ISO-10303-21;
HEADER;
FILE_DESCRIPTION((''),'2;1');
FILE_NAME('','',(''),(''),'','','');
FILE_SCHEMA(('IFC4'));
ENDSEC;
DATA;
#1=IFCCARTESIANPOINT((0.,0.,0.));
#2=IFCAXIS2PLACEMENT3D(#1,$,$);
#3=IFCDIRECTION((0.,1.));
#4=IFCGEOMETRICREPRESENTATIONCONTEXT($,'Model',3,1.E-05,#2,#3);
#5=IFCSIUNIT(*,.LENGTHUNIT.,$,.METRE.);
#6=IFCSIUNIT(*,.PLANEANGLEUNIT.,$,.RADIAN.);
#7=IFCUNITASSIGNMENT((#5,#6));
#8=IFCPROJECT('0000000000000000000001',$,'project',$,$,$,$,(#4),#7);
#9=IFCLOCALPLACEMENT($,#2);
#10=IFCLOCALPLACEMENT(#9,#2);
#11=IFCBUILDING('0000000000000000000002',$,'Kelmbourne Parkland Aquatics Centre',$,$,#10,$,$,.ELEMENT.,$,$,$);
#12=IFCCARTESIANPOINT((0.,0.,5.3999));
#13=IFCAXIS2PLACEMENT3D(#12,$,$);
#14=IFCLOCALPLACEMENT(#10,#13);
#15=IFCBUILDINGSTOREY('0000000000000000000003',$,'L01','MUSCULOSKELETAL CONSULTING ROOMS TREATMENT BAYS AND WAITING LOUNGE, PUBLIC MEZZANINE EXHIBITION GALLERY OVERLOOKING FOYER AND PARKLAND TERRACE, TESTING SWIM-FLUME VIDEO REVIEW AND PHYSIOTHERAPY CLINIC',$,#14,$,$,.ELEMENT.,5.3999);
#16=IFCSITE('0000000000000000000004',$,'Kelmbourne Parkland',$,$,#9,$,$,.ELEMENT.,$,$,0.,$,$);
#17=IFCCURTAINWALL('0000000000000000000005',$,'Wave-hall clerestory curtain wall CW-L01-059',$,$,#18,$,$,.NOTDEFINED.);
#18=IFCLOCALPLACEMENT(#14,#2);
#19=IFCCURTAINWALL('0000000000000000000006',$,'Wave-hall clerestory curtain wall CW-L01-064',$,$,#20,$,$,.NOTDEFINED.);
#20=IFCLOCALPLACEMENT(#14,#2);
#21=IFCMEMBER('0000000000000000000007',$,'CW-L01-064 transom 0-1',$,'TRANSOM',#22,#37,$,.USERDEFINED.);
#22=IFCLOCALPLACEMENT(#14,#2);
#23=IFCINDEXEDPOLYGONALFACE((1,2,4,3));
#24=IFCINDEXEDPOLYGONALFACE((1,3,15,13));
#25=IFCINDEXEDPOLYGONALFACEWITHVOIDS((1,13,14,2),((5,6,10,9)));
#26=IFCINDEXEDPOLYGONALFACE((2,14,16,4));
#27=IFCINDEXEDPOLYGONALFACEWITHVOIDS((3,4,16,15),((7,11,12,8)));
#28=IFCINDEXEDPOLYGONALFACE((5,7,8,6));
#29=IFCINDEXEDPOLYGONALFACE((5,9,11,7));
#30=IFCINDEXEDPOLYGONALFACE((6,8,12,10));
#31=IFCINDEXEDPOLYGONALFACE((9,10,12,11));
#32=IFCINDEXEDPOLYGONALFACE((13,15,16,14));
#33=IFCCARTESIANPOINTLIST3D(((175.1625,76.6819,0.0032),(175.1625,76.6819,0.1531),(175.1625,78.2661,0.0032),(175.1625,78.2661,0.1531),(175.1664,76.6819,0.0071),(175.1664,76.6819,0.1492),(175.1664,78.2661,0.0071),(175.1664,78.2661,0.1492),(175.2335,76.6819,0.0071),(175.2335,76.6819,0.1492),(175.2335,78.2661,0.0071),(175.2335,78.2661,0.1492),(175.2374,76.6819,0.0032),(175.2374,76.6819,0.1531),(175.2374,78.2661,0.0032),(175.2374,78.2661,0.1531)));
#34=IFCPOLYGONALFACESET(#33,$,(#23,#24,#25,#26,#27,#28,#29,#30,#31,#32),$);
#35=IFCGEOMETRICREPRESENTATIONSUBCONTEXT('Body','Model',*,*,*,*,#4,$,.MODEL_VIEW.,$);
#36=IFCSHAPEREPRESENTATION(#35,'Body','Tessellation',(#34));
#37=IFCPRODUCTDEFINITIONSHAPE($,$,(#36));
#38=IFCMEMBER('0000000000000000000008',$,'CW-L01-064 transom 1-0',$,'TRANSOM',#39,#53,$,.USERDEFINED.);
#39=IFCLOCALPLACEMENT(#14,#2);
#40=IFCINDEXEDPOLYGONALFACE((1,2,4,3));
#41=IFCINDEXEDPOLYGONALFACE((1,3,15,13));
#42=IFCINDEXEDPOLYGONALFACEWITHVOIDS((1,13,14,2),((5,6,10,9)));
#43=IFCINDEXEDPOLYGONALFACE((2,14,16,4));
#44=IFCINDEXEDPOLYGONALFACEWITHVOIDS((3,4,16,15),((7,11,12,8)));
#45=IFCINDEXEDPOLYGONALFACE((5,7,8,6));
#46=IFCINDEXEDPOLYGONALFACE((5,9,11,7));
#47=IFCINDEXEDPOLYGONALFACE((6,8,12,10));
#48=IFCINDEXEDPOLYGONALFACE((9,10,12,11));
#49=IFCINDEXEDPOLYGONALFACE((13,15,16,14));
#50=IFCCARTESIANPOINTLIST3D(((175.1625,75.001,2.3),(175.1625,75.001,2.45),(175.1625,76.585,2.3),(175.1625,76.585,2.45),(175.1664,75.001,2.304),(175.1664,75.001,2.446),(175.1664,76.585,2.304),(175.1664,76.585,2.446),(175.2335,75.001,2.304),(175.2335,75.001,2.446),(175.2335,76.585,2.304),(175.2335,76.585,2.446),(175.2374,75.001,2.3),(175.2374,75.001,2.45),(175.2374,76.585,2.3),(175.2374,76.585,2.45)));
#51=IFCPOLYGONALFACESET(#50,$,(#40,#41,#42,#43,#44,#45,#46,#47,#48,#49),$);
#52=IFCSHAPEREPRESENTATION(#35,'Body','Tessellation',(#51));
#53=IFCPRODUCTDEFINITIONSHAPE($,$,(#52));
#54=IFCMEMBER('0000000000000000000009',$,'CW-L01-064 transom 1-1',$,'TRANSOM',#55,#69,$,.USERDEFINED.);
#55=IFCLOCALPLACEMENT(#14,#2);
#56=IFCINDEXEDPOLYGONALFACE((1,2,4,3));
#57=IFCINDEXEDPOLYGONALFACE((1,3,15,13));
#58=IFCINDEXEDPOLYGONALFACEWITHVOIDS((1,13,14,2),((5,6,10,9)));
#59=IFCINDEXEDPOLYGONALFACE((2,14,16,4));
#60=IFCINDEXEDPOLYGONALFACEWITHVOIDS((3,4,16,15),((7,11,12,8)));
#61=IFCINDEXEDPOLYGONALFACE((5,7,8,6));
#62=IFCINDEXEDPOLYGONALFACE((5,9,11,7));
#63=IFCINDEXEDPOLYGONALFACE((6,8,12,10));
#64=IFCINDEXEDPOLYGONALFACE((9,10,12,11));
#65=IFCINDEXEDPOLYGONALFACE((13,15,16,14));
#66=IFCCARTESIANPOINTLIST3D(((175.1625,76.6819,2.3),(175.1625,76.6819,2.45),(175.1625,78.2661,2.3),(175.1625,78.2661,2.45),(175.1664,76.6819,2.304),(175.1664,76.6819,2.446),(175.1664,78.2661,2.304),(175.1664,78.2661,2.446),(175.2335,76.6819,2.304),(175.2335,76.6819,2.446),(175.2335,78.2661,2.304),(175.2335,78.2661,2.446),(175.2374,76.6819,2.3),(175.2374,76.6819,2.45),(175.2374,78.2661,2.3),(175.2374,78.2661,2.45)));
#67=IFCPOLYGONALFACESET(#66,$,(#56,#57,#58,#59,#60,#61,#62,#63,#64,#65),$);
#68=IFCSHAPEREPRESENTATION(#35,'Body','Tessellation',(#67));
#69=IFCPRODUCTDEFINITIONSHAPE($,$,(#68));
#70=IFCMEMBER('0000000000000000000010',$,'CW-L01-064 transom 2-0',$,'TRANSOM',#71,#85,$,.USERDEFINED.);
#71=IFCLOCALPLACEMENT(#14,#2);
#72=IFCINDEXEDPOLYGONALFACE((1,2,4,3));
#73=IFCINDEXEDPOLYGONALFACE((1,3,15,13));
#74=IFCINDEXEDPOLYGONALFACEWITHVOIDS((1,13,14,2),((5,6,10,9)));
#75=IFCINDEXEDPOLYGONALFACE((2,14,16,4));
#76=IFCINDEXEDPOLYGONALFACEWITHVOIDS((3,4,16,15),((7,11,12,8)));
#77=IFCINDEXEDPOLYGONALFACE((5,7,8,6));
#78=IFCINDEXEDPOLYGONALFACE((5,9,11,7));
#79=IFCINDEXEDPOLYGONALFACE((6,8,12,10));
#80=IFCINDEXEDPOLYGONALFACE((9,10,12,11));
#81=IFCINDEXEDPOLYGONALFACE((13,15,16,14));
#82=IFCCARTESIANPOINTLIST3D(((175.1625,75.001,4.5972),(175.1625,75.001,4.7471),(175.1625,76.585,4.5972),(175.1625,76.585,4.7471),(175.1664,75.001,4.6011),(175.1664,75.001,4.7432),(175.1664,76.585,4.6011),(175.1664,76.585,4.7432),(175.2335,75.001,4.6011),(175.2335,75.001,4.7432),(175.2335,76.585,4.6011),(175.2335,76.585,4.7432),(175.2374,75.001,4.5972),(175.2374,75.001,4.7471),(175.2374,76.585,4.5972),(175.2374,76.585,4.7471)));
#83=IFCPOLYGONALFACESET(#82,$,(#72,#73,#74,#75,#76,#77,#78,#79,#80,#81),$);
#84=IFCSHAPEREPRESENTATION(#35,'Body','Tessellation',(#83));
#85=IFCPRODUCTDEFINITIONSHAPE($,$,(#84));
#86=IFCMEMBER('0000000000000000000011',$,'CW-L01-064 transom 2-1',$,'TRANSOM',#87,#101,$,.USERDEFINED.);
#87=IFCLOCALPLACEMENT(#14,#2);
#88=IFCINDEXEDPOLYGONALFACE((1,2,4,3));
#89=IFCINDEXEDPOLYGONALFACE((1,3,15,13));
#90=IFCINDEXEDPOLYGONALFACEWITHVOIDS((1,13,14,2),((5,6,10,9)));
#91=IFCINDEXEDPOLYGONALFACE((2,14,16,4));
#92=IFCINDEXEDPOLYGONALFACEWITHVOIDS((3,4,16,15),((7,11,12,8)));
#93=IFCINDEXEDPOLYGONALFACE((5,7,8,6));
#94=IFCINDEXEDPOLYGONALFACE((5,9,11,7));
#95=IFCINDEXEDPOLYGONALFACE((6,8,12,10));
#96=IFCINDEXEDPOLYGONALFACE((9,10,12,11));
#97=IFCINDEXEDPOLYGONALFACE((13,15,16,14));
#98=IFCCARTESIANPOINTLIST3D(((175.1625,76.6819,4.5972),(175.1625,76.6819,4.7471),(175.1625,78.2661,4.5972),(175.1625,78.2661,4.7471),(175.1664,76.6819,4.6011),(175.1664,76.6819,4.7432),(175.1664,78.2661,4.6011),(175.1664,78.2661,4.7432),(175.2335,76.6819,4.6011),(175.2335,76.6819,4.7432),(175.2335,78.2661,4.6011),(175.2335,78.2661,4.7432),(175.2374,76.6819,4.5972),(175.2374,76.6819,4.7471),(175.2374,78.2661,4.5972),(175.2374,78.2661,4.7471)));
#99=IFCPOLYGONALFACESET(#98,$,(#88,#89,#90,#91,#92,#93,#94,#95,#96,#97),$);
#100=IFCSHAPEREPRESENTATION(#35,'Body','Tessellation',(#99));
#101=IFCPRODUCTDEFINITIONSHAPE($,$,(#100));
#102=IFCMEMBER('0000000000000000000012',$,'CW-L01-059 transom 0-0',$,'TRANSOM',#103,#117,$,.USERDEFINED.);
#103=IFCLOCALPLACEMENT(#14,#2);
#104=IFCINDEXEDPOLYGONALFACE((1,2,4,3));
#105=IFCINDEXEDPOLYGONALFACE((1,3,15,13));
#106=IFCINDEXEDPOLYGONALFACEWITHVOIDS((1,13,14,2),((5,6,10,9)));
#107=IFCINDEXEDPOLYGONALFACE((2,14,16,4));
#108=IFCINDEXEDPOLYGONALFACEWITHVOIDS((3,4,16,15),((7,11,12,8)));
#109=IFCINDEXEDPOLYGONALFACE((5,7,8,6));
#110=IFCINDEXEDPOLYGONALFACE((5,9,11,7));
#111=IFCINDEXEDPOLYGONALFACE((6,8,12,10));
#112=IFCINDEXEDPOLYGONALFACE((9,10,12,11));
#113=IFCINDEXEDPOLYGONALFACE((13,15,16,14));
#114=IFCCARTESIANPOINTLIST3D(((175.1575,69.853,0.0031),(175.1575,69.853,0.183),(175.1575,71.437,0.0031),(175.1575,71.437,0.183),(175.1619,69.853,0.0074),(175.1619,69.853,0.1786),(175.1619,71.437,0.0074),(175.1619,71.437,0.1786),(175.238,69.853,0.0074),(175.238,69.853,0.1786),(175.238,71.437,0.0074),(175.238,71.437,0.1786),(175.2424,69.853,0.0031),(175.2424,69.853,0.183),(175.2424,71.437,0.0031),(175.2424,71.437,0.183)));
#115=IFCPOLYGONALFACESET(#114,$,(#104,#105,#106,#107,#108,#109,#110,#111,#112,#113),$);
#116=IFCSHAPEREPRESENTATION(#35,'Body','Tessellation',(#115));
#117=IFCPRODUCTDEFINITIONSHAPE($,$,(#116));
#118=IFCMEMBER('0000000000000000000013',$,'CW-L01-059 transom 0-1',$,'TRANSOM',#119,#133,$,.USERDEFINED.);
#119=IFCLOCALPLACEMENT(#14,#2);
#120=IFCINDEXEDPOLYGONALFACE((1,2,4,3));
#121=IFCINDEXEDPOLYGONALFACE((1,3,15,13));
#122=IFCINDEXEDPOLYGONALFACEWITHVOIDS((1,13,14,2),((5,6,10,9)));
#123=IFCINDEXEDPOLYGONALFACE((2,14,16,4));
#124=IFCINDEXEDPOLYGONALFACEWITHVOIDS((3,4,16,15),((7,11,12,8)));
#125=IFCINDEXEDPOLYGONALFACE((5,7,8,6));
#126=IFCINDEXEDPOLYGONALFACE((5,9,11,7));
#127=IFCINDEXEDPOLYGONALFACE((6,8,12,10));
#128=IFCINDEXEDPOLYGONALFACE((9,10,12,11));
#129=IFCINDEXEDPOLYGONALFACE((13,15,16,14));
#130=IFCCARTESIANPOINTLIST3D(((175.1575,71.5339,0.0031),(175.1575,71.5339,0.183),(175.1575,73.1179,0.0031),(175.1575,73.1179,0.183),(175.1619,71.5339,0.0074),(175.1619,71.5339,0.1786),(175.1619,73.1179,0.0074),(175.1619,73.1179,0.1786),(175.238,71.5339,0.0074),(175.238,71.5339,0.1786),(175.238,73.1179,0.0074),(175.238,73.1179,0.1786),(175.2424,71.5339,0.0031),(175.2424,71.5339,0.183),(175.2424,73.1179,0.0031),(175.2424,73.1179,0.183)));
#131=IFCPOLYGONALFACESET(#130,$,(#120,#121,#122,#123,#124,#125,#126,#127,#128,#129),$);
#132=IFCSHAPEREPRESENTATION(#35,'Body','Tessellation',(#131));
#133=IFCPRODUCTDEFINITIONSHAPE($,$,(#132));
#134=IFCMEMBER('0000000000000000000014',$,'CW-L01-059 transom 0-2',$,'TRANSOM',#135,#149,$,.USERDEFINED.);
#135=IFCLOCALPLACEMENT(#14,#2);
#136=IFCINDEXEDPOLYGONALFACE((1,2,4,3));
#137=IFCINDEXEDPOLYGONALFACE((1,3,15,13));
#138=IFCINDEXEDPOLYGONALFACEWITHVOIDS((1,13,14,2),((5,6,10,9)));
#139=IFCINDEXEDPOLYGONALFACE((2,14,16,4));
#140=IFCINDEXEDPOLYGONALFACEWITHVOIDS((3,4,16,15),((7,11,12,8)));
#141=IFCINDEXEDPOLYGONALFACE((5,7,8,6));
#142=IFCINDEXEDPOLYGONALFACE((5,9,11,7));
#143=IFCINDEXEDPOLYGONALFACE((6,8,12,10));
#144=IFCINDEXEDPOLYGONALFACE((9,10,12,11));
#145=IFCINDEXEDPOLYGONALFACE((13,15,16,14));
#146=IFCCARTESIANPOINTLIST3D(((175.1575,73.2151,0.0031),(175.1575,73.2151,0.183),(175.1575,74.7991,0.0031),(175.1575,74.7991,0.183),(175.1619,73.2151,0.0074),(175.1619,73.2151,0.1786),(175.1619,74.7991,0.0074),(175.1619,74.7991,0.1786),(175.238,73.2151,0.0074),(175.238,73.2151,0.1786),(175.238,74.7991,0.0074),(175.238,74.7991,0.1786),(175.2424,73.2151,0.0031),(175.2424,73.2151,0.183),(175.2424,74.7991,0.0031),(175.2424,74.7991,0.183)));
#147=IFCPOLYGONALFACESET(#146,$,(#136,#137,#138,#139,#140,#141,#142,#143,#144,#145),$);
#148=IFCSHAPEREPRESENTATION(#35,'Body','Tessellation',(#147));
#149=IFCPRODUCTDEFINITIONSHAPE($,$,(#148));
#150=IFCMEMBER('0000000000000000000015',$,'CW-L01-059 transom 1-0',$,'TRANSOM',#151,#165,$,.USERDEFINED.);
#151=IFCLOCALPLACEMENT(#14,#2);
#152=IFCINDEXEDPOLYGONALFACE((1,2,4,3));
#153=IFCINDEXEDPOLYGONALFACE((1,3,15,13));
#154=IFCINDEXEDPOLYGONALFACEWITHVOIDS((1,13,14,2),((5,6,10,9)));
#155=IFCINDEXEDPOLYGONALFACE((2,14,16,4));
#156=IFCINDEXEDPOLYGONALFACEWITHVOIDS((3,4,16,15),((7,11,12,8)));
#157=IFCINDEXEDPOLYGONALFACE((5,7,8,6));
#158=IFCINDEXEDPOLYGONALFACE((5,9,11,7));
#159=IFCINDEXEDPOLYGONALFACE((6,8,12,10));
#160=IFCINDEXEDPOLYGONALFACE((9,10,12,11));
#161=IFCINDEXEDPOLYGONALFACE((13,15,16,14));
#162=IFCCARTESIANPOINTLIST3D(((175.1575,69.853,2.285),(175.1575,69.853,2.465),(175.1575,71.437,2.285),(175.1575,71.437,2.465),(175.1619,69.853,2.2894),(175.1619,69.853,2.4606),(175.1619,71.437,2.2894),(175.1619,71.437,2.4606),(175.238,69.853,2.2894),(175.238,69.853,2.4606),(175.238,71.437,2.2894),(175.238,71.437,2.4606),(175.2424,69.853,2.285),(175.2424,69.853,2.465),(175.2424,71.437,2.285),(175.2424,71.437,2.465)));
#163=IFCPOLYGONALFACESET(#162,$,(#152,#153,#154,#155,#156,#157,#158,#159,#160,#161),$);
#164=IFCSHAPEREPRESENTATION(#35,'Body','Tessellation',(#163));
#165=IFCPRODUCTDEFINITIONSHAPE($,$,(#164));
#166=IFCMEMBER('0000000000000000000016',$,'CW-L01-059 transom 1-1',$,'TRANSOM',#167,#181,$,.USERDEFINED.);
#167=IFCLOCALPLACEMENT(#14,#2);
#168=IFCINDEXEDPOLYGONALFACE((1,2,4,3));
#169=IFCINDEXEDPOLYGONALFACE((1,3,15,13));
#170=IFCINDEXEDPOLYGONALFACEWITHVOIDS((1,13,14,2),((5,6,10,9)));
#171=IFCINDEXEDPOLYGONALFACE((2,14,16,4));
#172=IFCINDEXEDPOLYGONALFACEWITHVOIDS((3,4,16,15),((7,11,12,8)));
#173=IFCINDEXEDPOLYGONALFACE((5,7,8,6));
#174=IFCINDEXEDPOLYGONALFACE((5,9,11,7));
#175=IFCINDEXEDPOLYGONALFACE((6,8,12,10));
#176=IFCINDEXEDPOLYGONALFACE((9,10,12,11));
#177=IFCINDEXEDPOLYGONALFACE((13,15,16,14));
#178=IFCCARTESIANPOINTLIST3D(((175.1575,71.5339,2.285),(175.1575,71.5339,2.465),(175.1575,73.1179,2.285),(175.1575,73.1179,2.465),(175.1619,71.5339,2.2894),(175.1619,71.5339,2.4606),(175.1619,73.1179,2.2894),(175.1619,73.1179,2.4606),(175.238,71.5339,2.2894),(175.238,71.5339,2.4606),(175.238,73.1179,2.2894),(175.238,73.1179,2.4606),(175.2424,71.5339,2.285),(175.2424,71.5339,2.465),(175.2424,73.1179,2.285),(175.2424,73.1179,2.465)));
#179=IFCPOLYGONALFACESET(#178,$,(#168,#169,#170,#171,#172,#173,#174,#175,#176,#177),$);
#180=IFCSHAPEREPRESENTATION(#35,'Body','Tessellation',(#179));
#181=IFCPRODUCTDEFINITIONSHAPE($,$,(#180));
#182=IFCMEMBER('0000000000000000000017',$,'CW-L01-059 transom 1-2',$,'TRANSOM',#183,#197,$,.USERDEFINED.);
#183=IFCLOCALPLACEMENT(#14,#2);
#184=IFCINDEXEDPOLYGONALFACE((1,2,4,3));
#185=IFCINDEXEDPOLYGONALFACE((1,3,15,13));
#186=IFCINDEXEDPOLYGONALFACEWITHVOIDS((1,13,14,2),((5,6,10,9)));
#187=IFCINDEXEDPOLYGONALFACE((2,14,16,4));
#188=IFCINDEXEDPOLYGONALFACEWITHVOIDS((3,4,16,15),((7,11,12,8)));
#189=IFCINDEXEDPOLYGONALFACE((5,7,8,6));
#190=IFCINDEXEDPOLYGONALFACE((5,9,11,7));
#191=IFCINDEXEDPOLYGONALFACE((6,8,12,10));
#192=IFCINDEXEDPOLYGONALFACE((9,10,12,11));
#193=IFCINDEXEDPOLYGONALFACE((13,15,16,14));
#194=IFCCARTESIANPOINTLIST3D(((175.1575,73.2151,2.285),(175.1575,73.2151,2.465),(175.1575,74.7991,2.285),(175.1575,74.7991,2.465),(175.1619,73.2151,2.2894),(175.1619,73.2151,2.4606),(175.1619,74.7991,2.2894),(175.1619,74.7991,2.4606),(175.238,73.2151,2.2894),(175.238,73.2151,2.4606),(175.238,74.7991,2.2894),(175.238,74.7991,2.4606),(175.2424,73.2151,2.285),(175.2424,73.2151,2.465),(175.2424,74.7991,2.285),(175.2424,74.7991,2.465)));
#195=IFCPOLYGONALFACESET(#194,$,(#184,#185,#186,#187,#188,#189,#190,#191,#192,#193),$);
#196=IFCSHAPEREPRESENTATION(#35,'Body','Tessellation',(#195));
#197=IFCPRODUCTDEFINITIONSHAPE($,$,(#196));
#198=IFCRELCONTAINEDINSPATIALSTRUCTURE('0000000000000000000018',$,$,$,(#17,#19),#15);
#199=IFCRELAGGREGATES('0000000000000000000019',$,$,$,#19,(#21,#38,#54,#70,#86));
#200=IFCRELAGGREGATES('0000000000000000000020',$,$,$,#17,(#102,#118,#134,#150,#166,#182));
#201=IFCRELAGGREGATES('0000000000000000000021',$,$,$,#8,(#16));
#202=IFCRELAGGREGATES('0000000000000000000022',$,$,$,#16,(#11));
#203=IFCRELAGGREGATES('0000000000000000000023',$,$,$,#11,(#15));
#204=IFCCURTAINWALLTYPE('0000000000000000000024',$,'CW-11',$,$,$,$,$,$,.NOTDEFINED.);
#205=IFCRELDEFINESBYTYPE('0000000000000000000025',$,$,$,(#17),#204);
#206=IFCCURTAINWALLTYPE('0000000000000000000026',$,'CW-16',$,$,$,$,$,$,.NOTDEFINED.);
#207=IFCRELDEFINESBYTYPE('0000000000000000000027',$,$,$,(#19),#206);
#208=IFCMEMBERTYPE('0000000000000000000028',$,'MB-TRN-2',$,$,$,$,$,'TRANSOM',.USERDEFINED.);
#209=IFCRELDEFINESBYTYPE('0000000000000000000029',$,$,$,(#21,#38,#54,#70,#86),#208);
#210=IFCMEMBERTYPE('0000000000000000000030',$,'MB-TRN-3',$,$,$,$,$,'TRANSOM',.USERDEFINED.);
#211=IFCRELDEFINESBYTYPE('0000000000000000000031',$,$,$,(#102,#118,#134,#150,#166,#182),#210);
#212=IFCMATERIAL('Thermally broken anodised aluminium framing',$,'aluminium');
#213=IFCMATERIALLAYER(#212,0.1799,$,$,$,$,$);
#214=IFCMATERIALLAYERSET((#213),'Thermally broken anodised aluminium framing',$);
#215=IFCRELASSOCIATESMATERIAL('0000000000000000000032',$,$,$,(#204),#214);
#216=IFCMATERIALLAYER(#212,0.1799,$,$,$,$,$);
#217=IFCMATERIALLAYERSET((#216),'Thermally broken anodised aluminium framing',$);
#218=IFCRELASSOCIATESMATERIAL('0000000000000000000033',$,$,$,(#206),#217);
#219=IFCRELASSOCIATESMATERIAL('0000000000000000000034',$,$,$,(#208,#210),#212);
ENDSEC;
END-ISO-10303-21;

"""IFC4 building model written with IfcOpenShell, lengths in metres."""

from ifc_helpers import new_model, si_unit, direction, frame, origin, origin_2d, place, context, subcontext, project, spatial, hollow_rectangle, extrude, material, layer, layer_set, material_profile, profile_set, type_object, element, aggregate, save


model = new_model("IFC4")

# Units and contexts
model_context = context("Model", 3, precision=1e-05, world=origin(), true_north=direction((0.0, 1.0)))
body_context = subcontext(model_context, "Body", "Model", "MODEL_VIEW")
ifc_project = project(units=[si_unit("LENGTHUNIT", "METRE"), si_unit("PLANEANGLEUNIT", "RADIAN")], contexts=[model_context])

# Site, building, storey
site_placement = place(None, origin())
site = spatial("IfcSite", under=ifc_project, at=site_placement, Name="Kelmbourne Parkland", CompositionType="ELEMENT", RefElevation=0.0)
building_placement = place(site_placement, origin())
building = spatial("IfcBuilding", under=site, at=building_placement, Name="Kelmbourne Parkland Aquatics Centre", CompositionType="ELEMENT")
storey_placement = place(building_placement, frame((0.0, 0.0, 5.3999)))
storey = spatial("IfcBuildingStorey", under=building, at=storey_placement, Name="L01", Description="MUSCULOSKELETAL CONSULTING ROOMS TREATMENT BAYS AND WAITING LOUNGE, PUBLIC MEZZANINE EXHIBITION GALLERY OVERLOOKING FOYER AND PARKLAND TERRACE, TESTING SWIM-FLUME VIDEO REVIEW AND PHYSIOTHERAPY CLINIC", CompositionType="ELEMENT", Elevation=5.3999)

# Shared definitions
ifc_material_1 = material(Name="Thermally broken anodised aluminium framing", Category="aluminium")

# Curtain walls
ifc_layer_1 = layer(ifc_material_1, 0.1799)
ifc_layer_set_1 = layer_set([ifc_layer_1], Name="Thermally broken anodised aluminium framing")
curtain_wall_type_1 = type_object("IfcCurtainWallType", Name="CW-11", PredefinedType="NOTDEFINED", material=ifc_layer_set_1)
curtain_wall_1_placement = place(storey_placement, origin())
curtain_wall_1 = element("IfcCurtainWall", 1, at=curtain_wall_1_placement, inside=storey, type_object=curtain_wall_type_1, Name="Wave-hall clerestory curtain wall CW-L01-059", PredefinedType="NOTDEFINED")
ifc_layer_2 = layer(ifc_material_1, 0.1799)
ifc_layer_set_2 = layer_set([ifc_layer_2], Name="Thermally broken anodised aluminium framing")
curtain_wall_type_2 = type_object("IfcCurtainWallType", Name="CW-16", PredefinedType="NOTDEFINED", material=ifc_layer_set_2)
curtain_wall_2_placement = place(storey_placement, origin())
curtain_wall_2 = element("IfcCurtainWall", 2, at=curtain_wall_2_placement, inside=storey, type_object=curtain_wall_type_2, Name="Wave-hall clerestory curtain wall CW-L01-064", PredefinedType="NOTDEFINED")

# Members
ifc_material_profile_1 = material_profile(ifc_material_1, hollow_rectangle(XDim=0.075, YDim=0.1499, WallThickness=0.0039, at=origin_2d()), Name="CW-T 75x150")
ifc_profile_set_1 = profile_set([ifc_material_profile_1], Name="Thermally broken anodised aluminium framing")
member_type_1 = type_object("IfcMemberType", Name="MB-TRN-2", ElementType="TRANSOM", PredefinedType="USERDEFINED", material=ifc_profile_set_1)
member_1_placement = place(storey_placement, frame((175.2, 76.6819, 0.0781), z_axis=(0.0, 1.0, 0.0), x_axis=(-1.0, 0.0, 0.0)))
member_1 = element("IfcMember", 3, at=member_1_placement, type_object=member_type_1, Name="CW-L01-064 transom 0-1", ObjectType="TRANSOM", PredefinedType="USERDEFINED", context=body_context, shape_type="SweptSolid", body=[
    extrude(hollow_rectangle(XDim=0.075, YDim=0.1499, WallThickness=0.0039, at=origin_2d()), origin(), (0.0, 0.0, 1.0), 1.5842),
])
member_2_placement = place(storey_placement, frame((175.2, 75.001, 2.375), z_axis=(0.0, 1.0, 0.0), x_axis=(-1.0, 0.0, 0.0)))
member_2 = element("IfcMember", 4, at=member_2_placement, type_object=member_type_1, Name="CW-L01-064 transom 1-0", ObjectType="TRANSOM", PredefinedType="USERDEFINED", context=body_context, shape_type="SweptSolid", body=[
    extrude(hollow_rectangle(XDim=0.075, YDim=0.1499, WallThickness=0.0039, at=origin_2d()), origin(), (0.0, 0.0, 1.0), 1.584),
])
member_3_placement = place(storey_placement, frame((175.2, 76.6819, 2.375), z_axis=(0.0, 1.0, 0.0), x_axis=(-1.0, 0.0, 0.0)))
member_3 = element("IfcMember", 5, at=member_3_placement, type_object=member_type_1, Name="CW-L01-064 transom 1-1", ObjectType="TRANSOM", PredefinedType="USERDEFINED", context=body_context, shape_type="SweptSolid", body=[
    extrude(hollow_rectangle(XDim=0.075, YDim=0.1499, WallThickness=0.0039, at=origin_2d()), origin(), (0.0, 0.0, 1.0), 1.5842),
])
member_4_placement = place(storey_placement, frame((175.2, 75.001, 4.6721), z_axis=(0.0, 1.0, 0.0), x_axis=(-1.0, 0.0, 0.0)))
member_4 = element("IfcMember", 6, at=member_4_placement, type_object=member_type_1, Name="CW-L01-064 transom 2-0", ObjectType="TRANSOM", PredefinedType="USERDEFINED", context=body_context, shape_type="SweptSolid", body=[
    extrude(hollow_rectangle(XDim=0.075, YDim=0.1499, WallThickness=0.0039, at=origin_2d()), origin(), (0.0, 0.0, 1.0), 1.584),
])
member_5_placement = place(storey_placement, frame((175.2, 76.6819, 4.6721), z_axis=(0.0, 1.0, 0.0), x_axis=(-1.0, 0.0, 0.0)))
member_5 = element("IfcMember", 7, at=member_5_placement, type_object=member_type_1, Name="CW-L01-064 transom 2-1", ObjectType="TRANSOM", PredefinedType="USERDEFINED", context=body_context, shape_type="SweptSolid", body=[
    extrude(hollow_rectangle(XDim=0.075, YDim=0.1499, WallThickness=0.0039, at=origin_2d()), origin(), (0.0, 0.0, 1.0), 1.5842),
])
ifc_material_profile_2 = material_profile(ifc_material_1, hollow_rectangle(XDim=0.085, YDim=0.1799, WallThickness=0.0044, at=origin_2d()), Name="CW-T 85x180")
ifc_profile_set_2 = profile_set([ifc_material_profile_2], Name="Thermally broken anodised aluminium framing")
member_type_2 = type_object("IfcMemberType", Name="MB-TRN-3", ElementType="TRANSOM", PredefinedType="USERDEFINED", material=ifc_profile_set_2)
member_6_placement = place(storey_placement, frame((175.2, 69.853, 0.093), z_axis=(0.0, 1.0, 0.0), x_axis=(-1.0, 0.0, 0.0)))
member_6 = element("IfcMember", 8, at=member_6_placement, type_object=member_type_2, Name="CW-L01-059 transom 0-0", ObjectType="TRANSOM", PredefinedType="USERDEFINED", context=body_context, shape_type="SweptSolid", body=[
    extrude(hollow_rectangle(XDim=0.085, YDim=0.1799, WallThickness=0.0044, at=origin_2d()), origin(), (0.0, 0.0, 1.0), 1.584),
])
member_7_placement = place(storey_placement, frame((175.2, 71.5339, 0.093), z_axis=(0.0, 1.0, 0.0), x_axis=(-1.0, 0.0, 0.0)))
member_7 = element("IfcMember", 9, at=member_7_placement, type_object=member_type_2, Name="CW-L01-059 transom 0-1", ObjectType="TRANSOM", PredefinedType="USERDEFINED", context=body_context, shape_type="SweptSolid", body=[
    extrude(hollow_rectangle(XDim=0.085, YDim=0.1799, WallThickness=0.0044, at=origin_2d()), origin(), (0.0, 0.0, 1.0), 1.584),
])
member_8_placement = place(storey_placement, frame((175.2, 73.2151, 0.093), z_axis=(0.0, 1.0, 0.0), x_axis=(-1.0, 0.0, 0.0)))
member_8 = element("IfcMember", 10, at=member_8_placement, type_object=member_type_2, Name="CW-L01-059 transom 0-2", ObjectType="TRANSOM", PredefinedType="USERDEFINED", context=body_context, shape_type="SweptSolid", body=[
    extrude(hollow_rectangle(XDim=0.085, YDim=0.1799, WallThickness=0.0044, at=origin_2d()), origin(), (0.0, 0.0, 1.0), 1.584),
])
member_9_placement = place(storey_placement, frame((175.2, 69.853, 2.375), z_axis=(0.0, 1.0, 0.0), x_axis=(-1.0, 0.0, 0.0)))
member_9 = element("IfcMember", 11, at=member_9_placement, type_object=member_type_2, Name="CW-L01-059 transom 1-0", ObjectType="TRANSOM", PredefinedType="USERDEFINED", context=body_context, shape_type="SweptSolid", body=[
    extrude(hollow_rectangle(XDim=0.085, YDim=0.1799, WallThickness=0.0044, at=origin_2d()), origin(), (0.0, 0.0, 1.0), 1.584),
])
member_10_placement = place(storey_placement, frame((175.2, 71.5339, 2.375), z_axis=(0.0, 1.0, 0.0), x_axis=(-1.0, 0.0, 0.0)))
member_10 = element("IfcMember", 12, at=member_10_placement, type_object=member_type_2, Name="CW-L01-059 transom 1-1", ObjectType="TRANSOM", PredefinedType="USERDEFINED", context=body_context, shape_type="SweptSolid", body=[
    extrude(hollow_rectangle(XDim=0.085, YDim=0.1799, WallThickness=0.0044, at=origin_2d()), origin(), (0.0, 0.0, 1.0), 1.584),
])
member_11_placement = place(storey_placement, frame((175.2, 73.2151, 2.375), z_axis=(0.0, 1.0, 0.0), x_axis=(-1.0, 0.0, 0.0)))
member_11 = element("IfcMember", 13, at=member_11_placement, type_object=member_type_2, Name="CW-L01-059 transom 1-2", ObjectType="TRANSOM", PredefinedType="USERDEFINED", context=body_context, shape_type="SweptSolid", body=[
    extrude(hollow_rectangle(XDim=0.085, YDim=0.1799, WallThickness=0.0044, at=origin_2d()), origin(), (0.0, 0.0, 1.0), 1.584),
])

aggregate(curtain_wall_2, [member_1, member_2, member_3, member_4, member_5])
aggregate(curtain_wall_1, [member_6, member_7, member_8, member_9, member_10, member_11])

save(model, "model.ifc")
